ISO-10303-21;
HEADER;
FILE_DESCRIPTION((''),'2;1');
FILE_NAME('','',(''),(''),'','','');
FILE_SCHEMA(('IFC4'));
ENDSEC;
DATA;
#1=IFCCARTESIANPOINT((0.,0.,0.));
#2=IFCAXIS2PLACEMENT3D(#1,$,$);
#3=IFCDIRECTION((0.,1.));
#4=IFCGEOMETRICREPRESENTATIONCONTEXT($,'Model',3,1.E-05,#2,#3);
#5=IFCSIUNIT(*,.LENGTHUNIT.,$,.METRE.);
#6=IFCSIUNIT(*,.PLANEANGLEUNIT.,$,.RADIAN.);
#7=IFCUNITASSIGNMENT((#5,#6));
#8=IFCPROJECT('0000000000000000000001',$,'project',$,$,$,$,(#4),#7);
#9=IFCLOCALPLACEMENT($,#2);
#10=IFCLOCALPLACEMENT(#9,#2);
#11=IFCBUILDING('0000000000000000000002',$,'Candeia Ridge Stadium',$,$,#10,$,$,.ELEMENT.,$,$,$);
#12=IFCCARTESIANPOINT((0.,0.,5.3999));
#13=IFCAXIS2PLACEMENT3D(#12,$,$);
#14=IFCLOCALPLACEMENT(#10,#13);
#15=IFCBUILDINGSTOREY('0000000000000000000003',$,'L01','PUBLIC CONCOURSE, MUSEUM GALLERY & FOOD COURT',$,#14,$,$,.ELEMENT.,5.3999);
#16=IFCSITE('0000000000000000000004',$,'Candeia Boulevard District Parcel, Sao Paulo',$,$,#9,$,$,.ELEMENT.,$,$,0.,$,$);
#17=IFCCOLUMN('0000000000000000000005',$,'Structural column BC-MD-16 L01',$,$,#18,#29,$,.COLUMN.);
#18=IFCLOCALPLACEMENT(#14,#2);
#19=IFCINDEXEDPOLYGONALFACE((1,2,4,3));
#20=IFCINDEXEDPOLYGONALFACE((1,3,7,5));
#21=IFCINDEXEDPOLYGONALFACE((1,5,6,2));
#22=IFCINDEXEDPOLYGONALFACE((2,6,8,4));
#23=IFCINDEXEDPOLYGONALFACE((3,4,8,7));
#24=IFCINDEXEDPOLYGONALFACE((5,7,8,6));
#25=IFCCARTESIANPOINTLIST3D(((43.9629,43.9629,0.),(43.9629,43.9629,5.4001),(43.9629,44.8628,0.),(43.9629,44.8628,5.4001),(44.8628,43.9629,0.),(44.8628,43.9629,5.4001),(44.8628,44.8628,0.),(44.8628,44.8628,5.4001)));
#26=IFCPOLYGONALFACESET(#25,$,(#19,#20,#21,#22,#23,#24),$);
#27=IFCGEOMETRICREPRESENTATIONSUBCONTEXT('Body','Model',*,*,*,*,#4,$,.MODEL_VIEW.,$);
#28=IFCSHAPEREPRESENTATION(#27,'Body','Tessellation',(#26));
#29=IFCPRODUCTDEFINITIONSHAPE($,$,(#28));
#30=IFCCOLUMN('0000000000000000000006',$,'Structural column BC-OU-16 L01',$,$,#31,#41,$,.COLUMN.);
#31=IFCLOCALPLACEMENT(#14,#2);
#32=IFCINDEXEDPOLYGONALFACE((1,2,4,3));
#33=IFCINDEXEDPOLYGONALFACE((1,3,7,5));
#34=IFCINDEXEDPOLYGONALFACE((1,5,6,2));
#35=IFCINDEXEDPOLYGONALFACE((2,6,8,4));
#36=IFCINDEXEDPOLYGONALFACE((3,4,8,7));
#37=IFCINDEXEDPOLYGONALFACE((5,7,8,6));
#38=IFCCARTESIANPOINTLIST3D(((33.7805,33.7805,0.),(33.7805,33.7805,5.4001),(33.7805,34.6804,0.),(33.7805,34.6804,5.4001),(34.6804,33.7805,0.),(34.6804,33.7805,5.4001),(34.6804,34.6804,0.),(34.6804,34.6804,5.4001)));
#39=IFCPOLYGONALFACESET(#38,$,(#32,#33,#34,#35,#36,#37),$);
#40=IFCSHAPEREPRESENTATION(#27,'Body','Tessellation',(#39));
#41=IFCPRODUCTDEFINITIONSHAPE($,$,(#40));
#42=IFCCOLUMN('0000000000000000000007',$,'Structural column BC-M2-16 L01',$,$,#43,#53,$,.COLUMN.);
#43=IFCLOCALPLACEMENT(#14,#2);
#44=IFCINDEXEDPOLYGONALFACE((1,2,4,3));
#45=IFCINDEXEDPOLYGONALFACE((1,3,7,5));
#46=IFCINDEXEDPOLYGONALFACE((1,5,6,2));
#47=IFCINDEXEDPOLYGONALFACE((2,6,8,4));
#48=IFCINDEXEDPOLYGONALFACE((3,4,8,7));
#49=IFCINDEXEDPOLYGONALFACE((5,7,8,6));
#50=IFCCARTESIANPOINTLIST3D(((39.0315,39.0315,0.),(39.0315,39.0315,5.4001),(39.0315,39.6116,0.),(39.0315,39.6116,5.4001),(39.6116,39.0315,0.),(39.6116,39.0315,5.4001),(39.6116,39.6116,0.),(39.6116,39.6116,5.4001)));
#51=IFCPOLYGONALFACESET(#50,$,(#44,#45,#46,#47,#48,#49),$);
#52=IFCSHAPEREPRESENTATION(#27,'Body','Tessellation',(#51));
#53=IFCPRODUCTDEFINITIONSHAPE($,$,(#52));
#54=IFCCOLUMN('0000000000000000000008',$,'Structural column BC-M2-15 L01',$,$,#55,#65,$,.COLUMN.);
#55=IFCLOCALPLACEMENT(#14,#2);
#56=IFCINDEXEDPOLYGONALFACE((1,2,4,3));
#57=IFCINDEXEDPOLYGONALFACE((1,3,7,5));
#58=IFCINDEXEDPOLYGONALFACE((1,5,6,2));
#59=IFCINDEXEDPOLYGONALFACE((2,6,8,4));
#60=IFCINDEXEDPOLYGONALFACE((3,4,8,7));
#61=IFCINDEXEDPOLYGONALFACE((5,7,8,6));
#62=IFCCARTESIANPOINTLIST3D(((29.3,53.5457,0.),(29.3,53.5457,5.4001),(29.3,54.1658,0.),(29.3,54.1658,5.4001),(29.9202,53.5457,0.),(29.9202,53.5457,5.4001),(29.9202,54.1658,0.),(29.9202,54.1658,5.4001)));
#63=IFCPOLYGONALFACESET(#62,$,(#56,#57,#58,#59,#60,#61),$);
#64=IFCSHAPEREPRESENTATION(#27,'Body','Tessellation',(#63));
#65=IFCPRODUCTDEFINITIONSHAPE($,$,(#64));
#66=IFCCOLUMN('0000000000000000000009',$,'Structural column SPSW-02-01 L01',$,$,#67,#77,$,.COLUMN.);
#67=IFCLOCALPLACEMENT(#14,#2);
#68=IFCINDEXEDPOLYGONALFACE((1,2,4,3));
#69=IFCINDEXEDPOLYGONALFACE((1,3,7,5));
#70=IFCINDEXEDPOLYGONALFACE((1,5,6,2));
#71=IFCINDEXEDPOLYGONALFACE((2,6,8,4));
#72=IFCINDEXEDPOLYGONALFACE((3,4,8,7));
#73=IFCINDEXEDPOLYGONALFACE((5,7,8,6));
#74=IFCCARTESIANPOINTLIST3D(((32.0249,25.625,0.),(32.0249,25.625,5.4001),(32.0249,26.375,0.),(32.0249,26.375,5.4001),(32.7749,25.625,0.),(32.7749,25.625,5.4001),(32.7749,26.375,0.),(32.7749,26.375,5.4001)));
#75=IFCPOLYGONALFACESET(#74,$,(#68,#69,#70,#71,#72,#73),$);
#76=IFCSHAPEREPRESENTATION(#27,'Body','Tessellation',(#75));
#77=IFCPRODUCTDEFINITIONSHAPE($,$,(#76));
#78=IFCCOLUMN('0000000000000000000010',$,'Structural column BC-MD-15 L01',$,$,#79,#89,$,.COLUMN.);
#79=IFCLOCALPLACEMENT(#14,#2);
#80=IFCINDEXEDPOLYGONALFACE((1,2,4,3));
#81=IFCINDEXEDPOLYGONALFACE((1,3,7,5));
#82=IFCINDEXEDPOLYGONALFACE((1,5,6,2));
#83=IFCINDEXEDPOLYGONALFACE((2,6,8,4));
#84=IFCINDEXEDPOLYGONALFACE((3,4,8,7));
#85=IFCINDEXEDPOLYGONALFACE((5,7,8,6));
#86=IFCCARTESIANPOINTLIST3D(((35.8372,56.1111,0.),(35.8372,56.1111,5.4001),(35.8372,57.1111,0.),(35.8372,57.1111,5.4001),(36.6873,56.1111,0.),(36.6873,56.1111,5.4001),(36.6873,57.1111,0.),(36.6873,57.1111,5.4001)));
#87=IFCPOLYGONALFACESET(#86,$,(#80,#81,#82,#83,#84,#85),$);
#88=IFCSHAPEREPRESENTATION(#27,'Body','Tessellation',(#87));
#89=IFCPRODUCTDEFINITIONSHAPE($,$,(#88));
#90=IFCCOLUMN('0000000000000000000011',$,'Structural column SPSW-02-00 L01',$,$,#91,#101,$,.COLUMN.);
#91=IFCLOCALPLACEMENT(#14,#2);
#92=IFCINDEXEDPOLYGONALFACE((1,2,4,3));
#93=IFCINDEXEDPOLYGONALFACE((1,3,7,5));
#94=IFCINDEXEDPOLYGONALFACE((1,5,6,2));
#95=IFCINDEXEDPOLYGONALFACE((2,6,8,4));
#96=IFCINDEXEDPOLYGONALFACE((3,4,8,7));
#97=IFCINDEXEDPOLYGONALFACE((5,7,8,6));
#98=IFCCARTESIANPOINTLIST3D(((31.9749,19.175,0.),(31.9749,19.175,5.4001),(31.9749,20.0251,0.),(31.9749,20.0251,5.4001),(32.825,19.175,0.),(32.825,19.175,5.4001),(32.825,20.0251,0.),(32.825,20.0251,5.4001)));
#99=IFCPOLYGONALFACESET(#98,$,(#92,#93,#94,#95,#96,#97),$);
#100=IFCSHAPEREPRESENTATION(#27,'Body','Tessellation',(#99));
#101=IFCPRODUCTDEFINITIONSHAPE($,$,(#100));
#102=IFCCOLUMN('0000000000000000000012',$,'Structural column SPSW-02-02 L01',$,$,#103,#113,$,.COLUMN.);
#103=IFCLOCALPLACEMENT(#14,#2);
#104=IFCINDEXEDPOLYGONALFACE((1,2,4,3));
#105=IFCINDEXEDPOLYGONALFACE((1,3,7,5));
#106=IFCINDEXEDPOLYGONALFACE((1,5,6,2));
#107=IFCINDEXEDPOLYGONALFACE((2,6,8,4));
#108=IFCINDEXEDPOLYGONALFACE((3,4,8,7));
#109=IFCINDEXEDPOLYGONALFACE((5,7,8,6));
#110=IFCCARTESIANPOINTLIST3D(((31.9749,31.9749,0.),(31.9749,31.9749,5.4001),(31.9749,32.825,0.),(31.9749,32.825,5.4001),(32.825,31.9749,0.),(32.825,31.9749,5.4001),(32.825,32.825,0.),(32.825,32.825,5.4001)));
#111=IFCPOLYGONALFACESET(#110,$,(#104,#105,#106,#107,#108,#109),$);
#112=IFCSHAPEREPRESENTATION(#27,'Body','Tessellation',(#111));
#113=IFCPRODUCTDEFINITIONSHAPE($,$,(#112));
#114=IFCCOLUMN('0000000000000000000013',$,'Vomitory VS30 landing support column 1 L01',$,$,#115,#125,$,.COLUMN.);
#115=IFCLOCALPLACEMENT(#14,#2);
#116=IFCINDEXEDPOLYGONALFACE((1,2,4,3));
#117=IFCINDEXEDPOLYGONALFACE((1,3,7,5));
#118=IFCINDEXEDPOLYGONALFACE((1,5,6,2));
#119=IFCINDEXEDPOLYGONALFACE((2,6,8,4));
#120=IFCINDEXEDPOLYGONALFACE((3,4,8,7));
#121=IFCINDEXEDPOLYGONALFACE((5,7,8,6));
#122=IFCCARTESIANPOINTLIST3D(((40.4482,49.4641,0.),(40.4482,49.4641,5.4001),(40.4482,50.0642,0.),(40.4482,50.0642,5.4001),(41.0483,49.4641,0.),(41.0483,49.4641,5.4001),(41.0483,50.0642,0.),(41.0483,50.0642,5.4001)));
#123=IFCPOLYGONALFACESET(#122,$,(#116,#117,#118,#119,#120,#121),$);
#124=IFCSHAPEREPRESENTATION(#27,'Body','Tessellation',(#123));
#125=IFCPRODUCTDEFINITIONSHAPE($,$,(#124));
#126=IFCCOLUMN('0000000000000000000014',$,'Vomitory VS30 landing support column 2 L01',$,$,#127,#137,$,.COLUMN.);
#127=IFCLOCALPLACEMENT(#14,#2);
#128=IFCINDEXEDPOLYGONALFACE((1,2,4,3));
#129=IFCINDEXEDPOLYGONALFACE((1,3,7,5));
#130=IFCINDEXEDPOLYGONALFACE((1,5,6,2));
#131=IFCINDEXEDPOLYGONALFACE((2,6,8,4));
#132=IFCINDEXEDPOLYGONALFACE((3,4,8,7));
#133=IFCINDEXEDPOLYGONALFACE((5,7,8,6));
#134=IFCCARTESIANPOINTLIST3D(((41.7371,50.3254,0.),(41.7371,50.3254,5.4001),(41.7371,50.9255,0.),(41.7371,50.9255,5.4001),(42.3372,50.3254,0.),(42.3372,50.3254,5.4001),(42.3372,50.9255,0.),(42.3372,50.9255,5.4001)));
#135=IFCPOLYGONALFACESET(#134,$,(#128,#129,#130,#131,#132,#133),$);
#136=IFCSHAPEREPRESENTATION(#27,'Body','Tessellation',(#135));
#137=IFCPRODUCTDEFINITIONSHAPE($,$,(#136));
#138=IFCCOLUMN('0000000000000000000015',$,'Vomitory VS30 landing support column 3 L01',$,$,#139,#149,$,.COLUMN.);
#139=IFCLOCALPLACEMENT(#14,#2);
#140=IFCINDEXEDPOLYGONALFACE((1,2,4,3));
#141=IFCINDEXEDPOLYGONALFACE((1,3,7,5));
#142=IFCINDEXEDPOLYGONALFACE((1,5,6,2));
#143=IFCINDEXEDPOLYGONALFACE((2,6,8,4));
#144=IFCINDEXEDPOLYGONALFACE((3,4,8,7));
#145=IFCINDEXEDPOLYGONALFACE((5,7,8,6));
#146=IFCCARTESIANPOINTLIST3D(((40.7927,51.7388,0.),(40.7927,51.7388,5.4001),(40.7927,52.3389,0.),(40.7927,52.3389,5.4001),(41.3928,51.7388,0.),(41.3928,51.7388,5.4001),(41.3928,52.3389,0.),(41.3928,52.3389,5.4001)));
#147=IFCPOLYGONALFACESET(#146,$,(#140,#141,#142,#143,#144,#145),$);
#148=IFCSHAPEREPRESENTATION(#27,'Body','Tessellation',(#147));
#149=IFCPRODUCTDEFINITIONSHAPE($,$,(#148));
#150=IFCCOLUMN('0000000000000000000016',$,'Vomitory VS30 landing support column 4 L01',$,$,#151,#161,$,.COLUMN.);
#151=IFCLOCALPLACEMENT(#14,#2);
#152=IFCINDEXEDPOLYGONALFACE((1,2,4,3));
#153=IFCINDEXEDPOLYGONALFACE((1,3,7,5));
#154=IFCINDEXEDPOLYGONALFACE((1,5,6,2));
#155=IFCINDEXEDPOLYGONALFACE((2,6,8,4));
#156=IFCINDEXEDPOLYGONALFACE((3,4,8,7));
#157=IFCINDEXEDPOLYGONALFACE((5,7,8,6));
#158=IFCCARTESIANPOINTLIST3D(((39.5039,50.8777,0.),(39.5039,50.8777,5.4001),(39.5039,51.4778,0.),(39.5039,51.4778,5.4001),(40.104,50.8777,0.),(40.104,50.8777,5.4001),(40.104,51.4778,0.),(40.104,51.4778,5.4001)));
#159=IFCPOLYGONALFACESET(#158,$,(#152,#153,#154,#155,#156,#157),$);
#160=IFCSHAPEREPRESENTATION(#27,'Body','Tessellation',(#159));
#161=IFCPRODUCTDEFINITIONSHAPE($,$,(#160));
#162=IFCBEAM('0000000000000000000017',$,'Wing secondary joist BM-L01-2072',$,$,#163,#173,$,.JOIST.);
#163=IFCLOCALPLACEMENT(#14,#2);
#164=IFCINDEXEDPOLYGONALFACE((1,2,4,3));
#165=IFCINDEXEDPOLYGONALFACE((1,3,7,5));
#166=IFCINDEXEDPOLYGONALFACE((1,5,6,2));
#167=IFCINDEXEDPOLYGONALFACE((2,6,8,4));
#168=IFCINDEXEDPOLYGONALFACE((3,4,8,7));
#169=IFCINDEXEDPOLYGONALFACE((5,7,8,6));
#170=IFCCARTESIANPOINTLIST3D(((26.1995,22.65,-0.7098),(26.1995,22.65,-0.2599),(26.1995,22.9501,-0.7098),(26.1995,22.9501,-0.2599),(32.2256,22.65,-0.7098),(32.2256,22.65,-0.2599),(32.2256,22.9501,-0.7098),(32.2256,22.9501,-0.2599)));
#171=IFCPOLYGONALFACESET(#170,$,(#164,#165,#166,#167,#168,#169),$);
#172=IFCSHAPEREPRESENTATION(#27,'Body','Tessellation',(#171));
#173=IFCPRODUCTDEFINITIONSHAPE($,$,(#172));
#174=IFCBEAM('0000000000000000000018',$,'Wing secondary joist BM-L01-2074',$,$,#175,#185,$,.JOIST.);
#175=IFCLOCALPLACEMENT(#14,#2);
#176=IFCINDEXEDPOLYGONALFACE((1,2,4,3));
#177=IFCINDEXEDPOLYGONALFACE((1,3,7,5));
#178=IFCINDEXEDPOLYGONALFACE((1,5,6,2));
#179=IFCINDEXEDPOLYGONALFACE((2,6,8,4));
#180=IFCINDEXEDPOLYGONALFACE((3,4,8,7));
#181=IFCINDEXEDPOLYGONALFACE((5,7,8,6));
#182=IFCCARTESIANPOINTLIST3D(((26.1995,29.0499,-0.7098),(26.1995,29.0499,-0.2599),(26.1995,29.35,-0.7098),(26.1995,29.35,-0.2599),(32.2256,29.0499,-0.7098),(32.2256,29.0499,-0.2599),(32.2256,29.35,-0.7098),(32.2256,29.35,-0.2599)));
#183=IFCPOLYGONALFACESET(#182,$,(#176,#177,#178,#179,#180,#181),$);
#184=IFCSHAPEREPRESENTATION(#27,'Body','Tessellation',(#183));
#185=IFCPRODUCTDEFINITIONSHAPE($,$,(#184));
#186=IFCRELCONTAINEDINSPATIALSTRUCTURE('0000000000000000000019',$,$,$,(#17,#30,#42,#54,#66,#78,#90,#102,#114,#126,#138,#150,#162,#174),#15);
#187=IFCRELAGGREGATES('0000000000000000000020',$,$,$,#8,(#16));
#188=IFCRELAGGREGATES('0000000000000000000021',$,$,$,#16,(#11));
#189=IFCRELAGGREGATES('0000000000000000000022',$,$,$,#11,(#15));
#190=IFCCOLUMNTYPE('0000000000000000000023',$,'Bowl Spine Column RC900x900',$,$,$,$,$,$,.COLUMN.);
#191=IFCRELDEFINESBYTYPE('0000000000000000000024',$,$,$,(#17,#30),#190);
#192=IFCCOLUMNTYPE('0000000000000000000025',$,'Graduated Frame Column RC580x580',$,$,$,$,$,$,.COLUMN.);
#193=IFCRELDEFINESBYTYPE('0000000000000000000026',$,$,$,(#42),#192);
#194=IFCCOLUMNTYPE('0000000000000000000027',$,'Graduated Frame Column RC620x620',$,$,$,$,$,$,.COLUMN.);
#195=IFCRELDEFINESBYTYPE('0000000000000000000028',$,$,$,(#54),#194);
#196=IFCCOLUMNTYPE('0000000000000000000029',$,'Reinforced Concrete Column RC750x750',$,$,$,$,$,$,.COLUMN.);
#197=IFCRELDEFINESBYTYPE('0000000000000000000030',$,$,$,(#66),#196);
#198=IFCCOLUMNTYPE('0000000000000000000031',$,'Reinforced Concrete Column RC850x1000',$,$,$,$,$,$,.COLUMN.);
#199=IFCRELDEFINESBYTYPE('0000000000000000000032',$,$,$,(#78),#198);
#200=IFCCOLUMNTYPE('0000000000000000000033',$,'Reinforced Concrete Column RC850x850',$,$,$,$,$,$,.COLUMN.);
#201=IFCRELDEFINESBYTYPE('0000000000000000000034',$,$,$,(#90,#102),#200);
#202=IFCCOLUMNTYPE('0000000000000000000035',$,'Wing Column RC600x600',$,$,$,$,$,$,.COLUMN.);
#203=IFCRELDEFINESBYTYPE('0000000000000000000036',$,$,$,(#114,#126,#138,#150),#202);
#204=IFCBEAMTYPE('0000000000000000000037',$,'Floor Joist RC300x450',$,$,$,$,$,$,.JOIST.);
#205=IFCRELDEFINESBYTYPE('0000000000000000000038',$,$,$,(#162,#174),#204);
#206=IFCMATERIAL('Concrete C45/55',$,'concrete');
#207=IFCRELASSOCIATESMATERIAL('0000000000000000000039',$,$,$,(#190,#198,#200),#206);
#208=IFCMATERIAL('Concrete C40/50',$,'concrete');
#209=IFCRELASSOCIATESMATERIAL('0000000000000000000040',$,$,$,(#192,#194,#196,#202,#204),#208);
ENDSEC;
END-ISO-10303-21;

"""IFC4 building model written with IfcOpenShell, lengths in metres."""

from ifc_helpers import new_model, si_unit, direction, frame, origin, origin_2d, place, context, subcontext, project, spatial, rectangle, extrude, material, material_profile, profile_set, type_object, element, save


model = new_model("IFC4")

# Units and contexts
model_context = context("Model", 3, precision=1e-05, world=origin(), true_north=direction((0.0, 1.0)))
body_context = subcontext(model_context, "Body", "Model", "MODEL_VIEW")
ifc_project = project(units=[si_unit("LENGTHUNIT", "METRE"), si_unit("PLANEANGLEUNIT", "RADIAN")], contexts=[model_context])

# Site, building, storey
site_placement = place(None, origin())
site = spatial("IfcSite", under=ifc_project, at=site_placement, Name="Candeia Boulevard District Parcel, Sao Paulo", CompositionType="ELEMENT", RefElevation=0.0)
building_placement = place(site_placement, origin())
building = spatial("IfcBuilding", under=site, at=building_placement, Name="Candeia Ridge Stadium", CompositionType="ELEMENT")
storey_placement = place(building_placement, frame((0.0, 0.0, 5.3999)))
storey = spatial("IfcBuildingStorey", under=building, at=storey_placement, Name="L01", Description="PUBLIC CONCOURSE, MUSEUM GALLERY & FOOD COURT", CompositionType="ELEMENT", Elevation=5.3999)

# Columns
ifc_material_1 = material(Name="Concrete C45/55", Category="concrete")
ifc_material_profile_1 = material_profile(ifc_material_1, rectangle(XDim=0.8999, YDim=0.8999, at=origin_2d()), Name="RC900x900", Category="concrete")
ifc_profile_set_1 = profile_set([ifc_material_profile_1], Name="Concrete C45/55")
column_type_1 = type_object("IfcColumnType", Name="Bowl Spine Column RC900x900", PredefinedType="COLUMN", material=ifc_profile_set_1)
for number, where, z_axis, x_axis, name in (
    (1, (44.4128, 44.4128, 0.0), (0.0, 0.0, 1.0), (1.0, 0.0, 0.0), "Structural column BC-MD-16 L01"),
    (2, (34.2305, 34.2305, 0.0), (0.0, 0.0, 1.0), (1.0, 0.0, 0.0), "Structural column BC-OU-16 L01"),
):
    element("IfcColumn", number, at=place(storey_placement, frame(where, z_axis=z_axis, x_axis=x_axis)), inside=storey, type_object=column_type_1, Name=name, PredefinedType="COLUMN", context=body_context, shape_type="SweptSolid", body=[
        extrude(rectangle(XDim=0.8999, YDim=0.8999, at=origin_2d()), origin(), (0.0, 0.0, 1.0), 5.4001),
    ])
ifc_material_2 = material(Name="Concrete C40/50", Category="concrete")
ifc_material_profile_2 = material_profile(ifc_material_2, rectangle(XDim=0.5801, YDim=0.5801, at=origin_2d()), Name="RC580x580", Category="concrete")
ifc_profile_set_2 = profile_set([ifc_material_profile_2], Name="Concrete C40/50")
column_type_2 = type_object("IfcColumnType", Name="Graduated Frame Column RC580x580", PredefinedType="COLUMN", material=ifc_profile_set_2)
column_1_placement = place(storey_placement, frame((39.3215, 39.3215, 0.0), z_axis=(0.0, 0.0, 1.0), x_axis=(1.0, 0.0, 0.0)))
element("IfcColumn", 3, at=column_1_placement, inside=storey, type_object=column_type_2, Name="Structural column BC-M2-16 L01", PredefinedType="COLUMN", context=body_context, shape_type="SweptSolid", body=[
    extrude(rectangle(XDim=0.5801, YDim=0.5801, at=origin_2d()), origin(), (0.0, 0.0, 1.0), 5.4001),
])
ifc_material_profile_3 = material_profile(ifc_material_2, rectangle(XDim=0.6201, YDim=0.6201, at=origin_2d()), Name="RC620x620", Category="concrete")
ifc_profile_set_3 = profile_set([ifc_material_profile_3], Name="Concrete C40/50")
column_type_3 = type_object("IfcColumnType", Name="Graduated Frame Column RC620x620", PredefinedType="COLUMN", material=ifc_profile_set_3)
column_2_placement = place(storey_placement, frame((29.6101, 53.8557, 0.0), z_axis=(0.0, 0.0, 1.0), x_axis=(1.0, 0.0, 0.0)))
element("IfcColumn", 4, at=column_2_placement, inside=storey, type_object=column_type_3, Name="Structural column BC-M2-15 L01", PredefinedType="COLUMN", context=body_context, shape_type="SweptSolid", body=[
    extrude(rectangle(XDim=0.6201, YDim=0.6201, at=origin_2d()), origin(), (0.0, 0.0, 1.0), 5.4001),
])
ifc_material_profile_4 = material_profile(ifc_material_2, rectangle(XDim=0.75, YDim=0.75, at=origin_2d()), Name="RC750x750", Category="concrete")
ifc_profile_set_4 = profile_set([ifc_material_profile_4], Name="Concrete C40/50")
column_type_4 = type_object("IfcColumnType", Name="Reinforced Concrete Column RC750x750", PredefinedType="COLUMN", material=ifc_profile_set_4)
column_3_placement = place(storey_placement, frame((32.3999, 26.0, 0.0), z_axis=(0.0, 0.0, 1.0), x_axis=(1.0, 0.0, 0.0)))
element("IfcColumn", 5, at=column_3_placement, inside=storey, type_object=column_type_4, Name="Structural column SPSW-02-01 L01", PredefinedType="COLUMN", context=body_context, shape_type="SweptSolid", body=[
    extrude(rectangle(XDim=0.75, YDim=0.75, at=origin_2d()), origin(), (0.0, 0.0, 1.0), 5.4001),
])
ifc_material_profile_5 = material_profile(ifc_material_1, rectangle(XDim=0.8501, YDim=1.0, at=origin_2d()), Name="RC850x1000", Category="concrete")
ifc_profile_set_5 = profile_set([ifc_material_profile_5], Name="Concrete C45/55")
column_type_5 = type_object("IfcColumnType", Name="Reinforced Concrete Column RC850x1000", PredefinedType="COLUMN", material=ifc_profile_set_5)
column_4_placement = place(storey_placement, frame((36.2622, 56.6111, 0.0), z_axis=(0.0, 0.0, 1.0), x_axis=(1.0, 0.0, 0.0)))
element("IfcColumn", 6, at=column_4_placement, inside=storey, type_object=column_type_5, Name="Structural column BC-MD-15 L01", PredefinedType="COLUMN", context=body_context, shape_type="SweptSolid", body=[
    extrude(rectangle(XDim=0.8501, YDim=1.0, at=origin_2d()), origin(), (0.0, 0.0, 1.0), 5.4001),
])
ifc_material_profile_6 = material_profile(ifc_material_1, rectangle(XDim=0.8501, YDim=0.8501, at=origin_2d()), Name="RC850x850", Category="concrete")
ifc_profile_set_6 = profile_set([ifc_material_profile_6], Name="Concrete C45/55")
column_type_6 = type_object("IfcColumnType", Name="Reinforced Concrete Column RC850x850", PredefinedType="COLUMN", material=ifc_profile_set_6)
for number, where, z_axis, x_axis, name in (
    (7, (32.3999, 19.6001, 0.0), (0.0, 0.0, 1.0), (1.0, 0.0, 0.0), "Structural column SPSW-02-00 L01"),
    (8, (32.3999, 32.3999, 0.0), (0.0, 0.0, 1.0), (1.0, 0.0, 0.0), "Structural column SPSW-02-02 L01"),
):
    element("IfcColumn", number, at=place(storey_placement, frame(where, z_axis=z_axis, x_axis=x_axis)), inside=storey, type_object=column_type_6, Name=name, PredefinedType="COLUMN", context=body_context, shape_type="SweptSolid", body=[
        extrude(rectangle(XDim=0.8501, YDim=0.8501, at=origin_2d()), origin(), (0.0, 0.0, 1.0), 5.4001),
    ])
ifc_material_profile_7 = material_profile(ifc_material_2, rectangle(XDim=0.6001, YDim=0.6001, at=origin_2d()), Name="RC600x600", Category="concrete")
ifc_profile_set_7 = profile_set([ifc_material_profile_7], Name="Concrete C40/50")
column_type_7 = type_object("IfcColumnType", Name="Wing Column RC600x600", PredefinedType="COLUMN", material=ifc_profile_set_7)
for number, where, z_axis, x_axis, name in (
    (9, (40.7483, 49.7642, 0.0), (0.0, 0.0, 1.0), (1.0, 0.0, 0.0), "Vomitory VS30 landing support column 1 L01"),
    (10, (42.0371, 50.6255, 0.0), (0.0, 0.0, 1.0), (1.0, 0.0, 0.0), "Vomitory VS30 landing support column 2 L01"),
    (11, (41.0928, 52.0388, 0.0), (0.0, 0.0, 1.0), (1.0, 0.0, 0.0), "Vomitory VS30 landing support column 3 L01"),
    (12, (39.804, 51.1777, 0.0), (0.0, 0.0, 1.0), (1.0, 0.0, 0.0), "Vomitory VS30 landing support column 4 L01"),
):
    element("IfcColumn", number, at=place(storey_placement, frame(where, z_axis=z_axis, x_axis=x_axis)), inside=storey, type_object=column_type_7, Name=name, PredefinedType="COLUMN", context=body_context, shape_type="SweptSolid", body=[
        extrude(rectangle(XDim=0.6001, YDim=0.6001, at=origin_2d()), origin(), (0.0, 0.0, 1.0), 5.4001),
    ])

# Beams
ifc_material_profile_8 = material_profile(ifc_material_2, rectangle(XDim=0.3, YDim=0.45, at=origin_2d()), Name="RC300x450", Category="concrete")
ifc_profile_set_8 = profile_set([ifc_material_profile_8], Name="Concrete C40/50")
beam_type_1 = type_object("IfcBeamType", Name="Floor Joist RC300x450", PredefinedType="JOIST", material=ifc_profile_set_8)
for number, where, z_axis, x_axis, name in (
    (13, (26.1995, 22.8, -0.4849), (1.0, 0.0, 0.0), (0.0, 1.0, 0.0), "Wing secondary joist BM-L01-2072"),
    (14, (26.1995, 29.2, -0.4849), (1.0, 0.0, 0.0), (0.0, 1.0, 0.0), "Wing secondary joist BM-L01-2074"),
):
    element("IfcBeam", number, at=place(storey_placement, frame(where, z_axis=z_axis, x_axis=x_axis)), inside=storey, type_object=beam_type_1, Name=name, PredefinedType="JOIST", context=body_context, shape_type="SweptSolid", body=[
        extrude(rectangle(XDim=0.3, YDim=0.45, at=origin_2d()), origin(), (0.0, 0.0, 1.0), 6.0261),
    ])

save(model, "model.ifc")
